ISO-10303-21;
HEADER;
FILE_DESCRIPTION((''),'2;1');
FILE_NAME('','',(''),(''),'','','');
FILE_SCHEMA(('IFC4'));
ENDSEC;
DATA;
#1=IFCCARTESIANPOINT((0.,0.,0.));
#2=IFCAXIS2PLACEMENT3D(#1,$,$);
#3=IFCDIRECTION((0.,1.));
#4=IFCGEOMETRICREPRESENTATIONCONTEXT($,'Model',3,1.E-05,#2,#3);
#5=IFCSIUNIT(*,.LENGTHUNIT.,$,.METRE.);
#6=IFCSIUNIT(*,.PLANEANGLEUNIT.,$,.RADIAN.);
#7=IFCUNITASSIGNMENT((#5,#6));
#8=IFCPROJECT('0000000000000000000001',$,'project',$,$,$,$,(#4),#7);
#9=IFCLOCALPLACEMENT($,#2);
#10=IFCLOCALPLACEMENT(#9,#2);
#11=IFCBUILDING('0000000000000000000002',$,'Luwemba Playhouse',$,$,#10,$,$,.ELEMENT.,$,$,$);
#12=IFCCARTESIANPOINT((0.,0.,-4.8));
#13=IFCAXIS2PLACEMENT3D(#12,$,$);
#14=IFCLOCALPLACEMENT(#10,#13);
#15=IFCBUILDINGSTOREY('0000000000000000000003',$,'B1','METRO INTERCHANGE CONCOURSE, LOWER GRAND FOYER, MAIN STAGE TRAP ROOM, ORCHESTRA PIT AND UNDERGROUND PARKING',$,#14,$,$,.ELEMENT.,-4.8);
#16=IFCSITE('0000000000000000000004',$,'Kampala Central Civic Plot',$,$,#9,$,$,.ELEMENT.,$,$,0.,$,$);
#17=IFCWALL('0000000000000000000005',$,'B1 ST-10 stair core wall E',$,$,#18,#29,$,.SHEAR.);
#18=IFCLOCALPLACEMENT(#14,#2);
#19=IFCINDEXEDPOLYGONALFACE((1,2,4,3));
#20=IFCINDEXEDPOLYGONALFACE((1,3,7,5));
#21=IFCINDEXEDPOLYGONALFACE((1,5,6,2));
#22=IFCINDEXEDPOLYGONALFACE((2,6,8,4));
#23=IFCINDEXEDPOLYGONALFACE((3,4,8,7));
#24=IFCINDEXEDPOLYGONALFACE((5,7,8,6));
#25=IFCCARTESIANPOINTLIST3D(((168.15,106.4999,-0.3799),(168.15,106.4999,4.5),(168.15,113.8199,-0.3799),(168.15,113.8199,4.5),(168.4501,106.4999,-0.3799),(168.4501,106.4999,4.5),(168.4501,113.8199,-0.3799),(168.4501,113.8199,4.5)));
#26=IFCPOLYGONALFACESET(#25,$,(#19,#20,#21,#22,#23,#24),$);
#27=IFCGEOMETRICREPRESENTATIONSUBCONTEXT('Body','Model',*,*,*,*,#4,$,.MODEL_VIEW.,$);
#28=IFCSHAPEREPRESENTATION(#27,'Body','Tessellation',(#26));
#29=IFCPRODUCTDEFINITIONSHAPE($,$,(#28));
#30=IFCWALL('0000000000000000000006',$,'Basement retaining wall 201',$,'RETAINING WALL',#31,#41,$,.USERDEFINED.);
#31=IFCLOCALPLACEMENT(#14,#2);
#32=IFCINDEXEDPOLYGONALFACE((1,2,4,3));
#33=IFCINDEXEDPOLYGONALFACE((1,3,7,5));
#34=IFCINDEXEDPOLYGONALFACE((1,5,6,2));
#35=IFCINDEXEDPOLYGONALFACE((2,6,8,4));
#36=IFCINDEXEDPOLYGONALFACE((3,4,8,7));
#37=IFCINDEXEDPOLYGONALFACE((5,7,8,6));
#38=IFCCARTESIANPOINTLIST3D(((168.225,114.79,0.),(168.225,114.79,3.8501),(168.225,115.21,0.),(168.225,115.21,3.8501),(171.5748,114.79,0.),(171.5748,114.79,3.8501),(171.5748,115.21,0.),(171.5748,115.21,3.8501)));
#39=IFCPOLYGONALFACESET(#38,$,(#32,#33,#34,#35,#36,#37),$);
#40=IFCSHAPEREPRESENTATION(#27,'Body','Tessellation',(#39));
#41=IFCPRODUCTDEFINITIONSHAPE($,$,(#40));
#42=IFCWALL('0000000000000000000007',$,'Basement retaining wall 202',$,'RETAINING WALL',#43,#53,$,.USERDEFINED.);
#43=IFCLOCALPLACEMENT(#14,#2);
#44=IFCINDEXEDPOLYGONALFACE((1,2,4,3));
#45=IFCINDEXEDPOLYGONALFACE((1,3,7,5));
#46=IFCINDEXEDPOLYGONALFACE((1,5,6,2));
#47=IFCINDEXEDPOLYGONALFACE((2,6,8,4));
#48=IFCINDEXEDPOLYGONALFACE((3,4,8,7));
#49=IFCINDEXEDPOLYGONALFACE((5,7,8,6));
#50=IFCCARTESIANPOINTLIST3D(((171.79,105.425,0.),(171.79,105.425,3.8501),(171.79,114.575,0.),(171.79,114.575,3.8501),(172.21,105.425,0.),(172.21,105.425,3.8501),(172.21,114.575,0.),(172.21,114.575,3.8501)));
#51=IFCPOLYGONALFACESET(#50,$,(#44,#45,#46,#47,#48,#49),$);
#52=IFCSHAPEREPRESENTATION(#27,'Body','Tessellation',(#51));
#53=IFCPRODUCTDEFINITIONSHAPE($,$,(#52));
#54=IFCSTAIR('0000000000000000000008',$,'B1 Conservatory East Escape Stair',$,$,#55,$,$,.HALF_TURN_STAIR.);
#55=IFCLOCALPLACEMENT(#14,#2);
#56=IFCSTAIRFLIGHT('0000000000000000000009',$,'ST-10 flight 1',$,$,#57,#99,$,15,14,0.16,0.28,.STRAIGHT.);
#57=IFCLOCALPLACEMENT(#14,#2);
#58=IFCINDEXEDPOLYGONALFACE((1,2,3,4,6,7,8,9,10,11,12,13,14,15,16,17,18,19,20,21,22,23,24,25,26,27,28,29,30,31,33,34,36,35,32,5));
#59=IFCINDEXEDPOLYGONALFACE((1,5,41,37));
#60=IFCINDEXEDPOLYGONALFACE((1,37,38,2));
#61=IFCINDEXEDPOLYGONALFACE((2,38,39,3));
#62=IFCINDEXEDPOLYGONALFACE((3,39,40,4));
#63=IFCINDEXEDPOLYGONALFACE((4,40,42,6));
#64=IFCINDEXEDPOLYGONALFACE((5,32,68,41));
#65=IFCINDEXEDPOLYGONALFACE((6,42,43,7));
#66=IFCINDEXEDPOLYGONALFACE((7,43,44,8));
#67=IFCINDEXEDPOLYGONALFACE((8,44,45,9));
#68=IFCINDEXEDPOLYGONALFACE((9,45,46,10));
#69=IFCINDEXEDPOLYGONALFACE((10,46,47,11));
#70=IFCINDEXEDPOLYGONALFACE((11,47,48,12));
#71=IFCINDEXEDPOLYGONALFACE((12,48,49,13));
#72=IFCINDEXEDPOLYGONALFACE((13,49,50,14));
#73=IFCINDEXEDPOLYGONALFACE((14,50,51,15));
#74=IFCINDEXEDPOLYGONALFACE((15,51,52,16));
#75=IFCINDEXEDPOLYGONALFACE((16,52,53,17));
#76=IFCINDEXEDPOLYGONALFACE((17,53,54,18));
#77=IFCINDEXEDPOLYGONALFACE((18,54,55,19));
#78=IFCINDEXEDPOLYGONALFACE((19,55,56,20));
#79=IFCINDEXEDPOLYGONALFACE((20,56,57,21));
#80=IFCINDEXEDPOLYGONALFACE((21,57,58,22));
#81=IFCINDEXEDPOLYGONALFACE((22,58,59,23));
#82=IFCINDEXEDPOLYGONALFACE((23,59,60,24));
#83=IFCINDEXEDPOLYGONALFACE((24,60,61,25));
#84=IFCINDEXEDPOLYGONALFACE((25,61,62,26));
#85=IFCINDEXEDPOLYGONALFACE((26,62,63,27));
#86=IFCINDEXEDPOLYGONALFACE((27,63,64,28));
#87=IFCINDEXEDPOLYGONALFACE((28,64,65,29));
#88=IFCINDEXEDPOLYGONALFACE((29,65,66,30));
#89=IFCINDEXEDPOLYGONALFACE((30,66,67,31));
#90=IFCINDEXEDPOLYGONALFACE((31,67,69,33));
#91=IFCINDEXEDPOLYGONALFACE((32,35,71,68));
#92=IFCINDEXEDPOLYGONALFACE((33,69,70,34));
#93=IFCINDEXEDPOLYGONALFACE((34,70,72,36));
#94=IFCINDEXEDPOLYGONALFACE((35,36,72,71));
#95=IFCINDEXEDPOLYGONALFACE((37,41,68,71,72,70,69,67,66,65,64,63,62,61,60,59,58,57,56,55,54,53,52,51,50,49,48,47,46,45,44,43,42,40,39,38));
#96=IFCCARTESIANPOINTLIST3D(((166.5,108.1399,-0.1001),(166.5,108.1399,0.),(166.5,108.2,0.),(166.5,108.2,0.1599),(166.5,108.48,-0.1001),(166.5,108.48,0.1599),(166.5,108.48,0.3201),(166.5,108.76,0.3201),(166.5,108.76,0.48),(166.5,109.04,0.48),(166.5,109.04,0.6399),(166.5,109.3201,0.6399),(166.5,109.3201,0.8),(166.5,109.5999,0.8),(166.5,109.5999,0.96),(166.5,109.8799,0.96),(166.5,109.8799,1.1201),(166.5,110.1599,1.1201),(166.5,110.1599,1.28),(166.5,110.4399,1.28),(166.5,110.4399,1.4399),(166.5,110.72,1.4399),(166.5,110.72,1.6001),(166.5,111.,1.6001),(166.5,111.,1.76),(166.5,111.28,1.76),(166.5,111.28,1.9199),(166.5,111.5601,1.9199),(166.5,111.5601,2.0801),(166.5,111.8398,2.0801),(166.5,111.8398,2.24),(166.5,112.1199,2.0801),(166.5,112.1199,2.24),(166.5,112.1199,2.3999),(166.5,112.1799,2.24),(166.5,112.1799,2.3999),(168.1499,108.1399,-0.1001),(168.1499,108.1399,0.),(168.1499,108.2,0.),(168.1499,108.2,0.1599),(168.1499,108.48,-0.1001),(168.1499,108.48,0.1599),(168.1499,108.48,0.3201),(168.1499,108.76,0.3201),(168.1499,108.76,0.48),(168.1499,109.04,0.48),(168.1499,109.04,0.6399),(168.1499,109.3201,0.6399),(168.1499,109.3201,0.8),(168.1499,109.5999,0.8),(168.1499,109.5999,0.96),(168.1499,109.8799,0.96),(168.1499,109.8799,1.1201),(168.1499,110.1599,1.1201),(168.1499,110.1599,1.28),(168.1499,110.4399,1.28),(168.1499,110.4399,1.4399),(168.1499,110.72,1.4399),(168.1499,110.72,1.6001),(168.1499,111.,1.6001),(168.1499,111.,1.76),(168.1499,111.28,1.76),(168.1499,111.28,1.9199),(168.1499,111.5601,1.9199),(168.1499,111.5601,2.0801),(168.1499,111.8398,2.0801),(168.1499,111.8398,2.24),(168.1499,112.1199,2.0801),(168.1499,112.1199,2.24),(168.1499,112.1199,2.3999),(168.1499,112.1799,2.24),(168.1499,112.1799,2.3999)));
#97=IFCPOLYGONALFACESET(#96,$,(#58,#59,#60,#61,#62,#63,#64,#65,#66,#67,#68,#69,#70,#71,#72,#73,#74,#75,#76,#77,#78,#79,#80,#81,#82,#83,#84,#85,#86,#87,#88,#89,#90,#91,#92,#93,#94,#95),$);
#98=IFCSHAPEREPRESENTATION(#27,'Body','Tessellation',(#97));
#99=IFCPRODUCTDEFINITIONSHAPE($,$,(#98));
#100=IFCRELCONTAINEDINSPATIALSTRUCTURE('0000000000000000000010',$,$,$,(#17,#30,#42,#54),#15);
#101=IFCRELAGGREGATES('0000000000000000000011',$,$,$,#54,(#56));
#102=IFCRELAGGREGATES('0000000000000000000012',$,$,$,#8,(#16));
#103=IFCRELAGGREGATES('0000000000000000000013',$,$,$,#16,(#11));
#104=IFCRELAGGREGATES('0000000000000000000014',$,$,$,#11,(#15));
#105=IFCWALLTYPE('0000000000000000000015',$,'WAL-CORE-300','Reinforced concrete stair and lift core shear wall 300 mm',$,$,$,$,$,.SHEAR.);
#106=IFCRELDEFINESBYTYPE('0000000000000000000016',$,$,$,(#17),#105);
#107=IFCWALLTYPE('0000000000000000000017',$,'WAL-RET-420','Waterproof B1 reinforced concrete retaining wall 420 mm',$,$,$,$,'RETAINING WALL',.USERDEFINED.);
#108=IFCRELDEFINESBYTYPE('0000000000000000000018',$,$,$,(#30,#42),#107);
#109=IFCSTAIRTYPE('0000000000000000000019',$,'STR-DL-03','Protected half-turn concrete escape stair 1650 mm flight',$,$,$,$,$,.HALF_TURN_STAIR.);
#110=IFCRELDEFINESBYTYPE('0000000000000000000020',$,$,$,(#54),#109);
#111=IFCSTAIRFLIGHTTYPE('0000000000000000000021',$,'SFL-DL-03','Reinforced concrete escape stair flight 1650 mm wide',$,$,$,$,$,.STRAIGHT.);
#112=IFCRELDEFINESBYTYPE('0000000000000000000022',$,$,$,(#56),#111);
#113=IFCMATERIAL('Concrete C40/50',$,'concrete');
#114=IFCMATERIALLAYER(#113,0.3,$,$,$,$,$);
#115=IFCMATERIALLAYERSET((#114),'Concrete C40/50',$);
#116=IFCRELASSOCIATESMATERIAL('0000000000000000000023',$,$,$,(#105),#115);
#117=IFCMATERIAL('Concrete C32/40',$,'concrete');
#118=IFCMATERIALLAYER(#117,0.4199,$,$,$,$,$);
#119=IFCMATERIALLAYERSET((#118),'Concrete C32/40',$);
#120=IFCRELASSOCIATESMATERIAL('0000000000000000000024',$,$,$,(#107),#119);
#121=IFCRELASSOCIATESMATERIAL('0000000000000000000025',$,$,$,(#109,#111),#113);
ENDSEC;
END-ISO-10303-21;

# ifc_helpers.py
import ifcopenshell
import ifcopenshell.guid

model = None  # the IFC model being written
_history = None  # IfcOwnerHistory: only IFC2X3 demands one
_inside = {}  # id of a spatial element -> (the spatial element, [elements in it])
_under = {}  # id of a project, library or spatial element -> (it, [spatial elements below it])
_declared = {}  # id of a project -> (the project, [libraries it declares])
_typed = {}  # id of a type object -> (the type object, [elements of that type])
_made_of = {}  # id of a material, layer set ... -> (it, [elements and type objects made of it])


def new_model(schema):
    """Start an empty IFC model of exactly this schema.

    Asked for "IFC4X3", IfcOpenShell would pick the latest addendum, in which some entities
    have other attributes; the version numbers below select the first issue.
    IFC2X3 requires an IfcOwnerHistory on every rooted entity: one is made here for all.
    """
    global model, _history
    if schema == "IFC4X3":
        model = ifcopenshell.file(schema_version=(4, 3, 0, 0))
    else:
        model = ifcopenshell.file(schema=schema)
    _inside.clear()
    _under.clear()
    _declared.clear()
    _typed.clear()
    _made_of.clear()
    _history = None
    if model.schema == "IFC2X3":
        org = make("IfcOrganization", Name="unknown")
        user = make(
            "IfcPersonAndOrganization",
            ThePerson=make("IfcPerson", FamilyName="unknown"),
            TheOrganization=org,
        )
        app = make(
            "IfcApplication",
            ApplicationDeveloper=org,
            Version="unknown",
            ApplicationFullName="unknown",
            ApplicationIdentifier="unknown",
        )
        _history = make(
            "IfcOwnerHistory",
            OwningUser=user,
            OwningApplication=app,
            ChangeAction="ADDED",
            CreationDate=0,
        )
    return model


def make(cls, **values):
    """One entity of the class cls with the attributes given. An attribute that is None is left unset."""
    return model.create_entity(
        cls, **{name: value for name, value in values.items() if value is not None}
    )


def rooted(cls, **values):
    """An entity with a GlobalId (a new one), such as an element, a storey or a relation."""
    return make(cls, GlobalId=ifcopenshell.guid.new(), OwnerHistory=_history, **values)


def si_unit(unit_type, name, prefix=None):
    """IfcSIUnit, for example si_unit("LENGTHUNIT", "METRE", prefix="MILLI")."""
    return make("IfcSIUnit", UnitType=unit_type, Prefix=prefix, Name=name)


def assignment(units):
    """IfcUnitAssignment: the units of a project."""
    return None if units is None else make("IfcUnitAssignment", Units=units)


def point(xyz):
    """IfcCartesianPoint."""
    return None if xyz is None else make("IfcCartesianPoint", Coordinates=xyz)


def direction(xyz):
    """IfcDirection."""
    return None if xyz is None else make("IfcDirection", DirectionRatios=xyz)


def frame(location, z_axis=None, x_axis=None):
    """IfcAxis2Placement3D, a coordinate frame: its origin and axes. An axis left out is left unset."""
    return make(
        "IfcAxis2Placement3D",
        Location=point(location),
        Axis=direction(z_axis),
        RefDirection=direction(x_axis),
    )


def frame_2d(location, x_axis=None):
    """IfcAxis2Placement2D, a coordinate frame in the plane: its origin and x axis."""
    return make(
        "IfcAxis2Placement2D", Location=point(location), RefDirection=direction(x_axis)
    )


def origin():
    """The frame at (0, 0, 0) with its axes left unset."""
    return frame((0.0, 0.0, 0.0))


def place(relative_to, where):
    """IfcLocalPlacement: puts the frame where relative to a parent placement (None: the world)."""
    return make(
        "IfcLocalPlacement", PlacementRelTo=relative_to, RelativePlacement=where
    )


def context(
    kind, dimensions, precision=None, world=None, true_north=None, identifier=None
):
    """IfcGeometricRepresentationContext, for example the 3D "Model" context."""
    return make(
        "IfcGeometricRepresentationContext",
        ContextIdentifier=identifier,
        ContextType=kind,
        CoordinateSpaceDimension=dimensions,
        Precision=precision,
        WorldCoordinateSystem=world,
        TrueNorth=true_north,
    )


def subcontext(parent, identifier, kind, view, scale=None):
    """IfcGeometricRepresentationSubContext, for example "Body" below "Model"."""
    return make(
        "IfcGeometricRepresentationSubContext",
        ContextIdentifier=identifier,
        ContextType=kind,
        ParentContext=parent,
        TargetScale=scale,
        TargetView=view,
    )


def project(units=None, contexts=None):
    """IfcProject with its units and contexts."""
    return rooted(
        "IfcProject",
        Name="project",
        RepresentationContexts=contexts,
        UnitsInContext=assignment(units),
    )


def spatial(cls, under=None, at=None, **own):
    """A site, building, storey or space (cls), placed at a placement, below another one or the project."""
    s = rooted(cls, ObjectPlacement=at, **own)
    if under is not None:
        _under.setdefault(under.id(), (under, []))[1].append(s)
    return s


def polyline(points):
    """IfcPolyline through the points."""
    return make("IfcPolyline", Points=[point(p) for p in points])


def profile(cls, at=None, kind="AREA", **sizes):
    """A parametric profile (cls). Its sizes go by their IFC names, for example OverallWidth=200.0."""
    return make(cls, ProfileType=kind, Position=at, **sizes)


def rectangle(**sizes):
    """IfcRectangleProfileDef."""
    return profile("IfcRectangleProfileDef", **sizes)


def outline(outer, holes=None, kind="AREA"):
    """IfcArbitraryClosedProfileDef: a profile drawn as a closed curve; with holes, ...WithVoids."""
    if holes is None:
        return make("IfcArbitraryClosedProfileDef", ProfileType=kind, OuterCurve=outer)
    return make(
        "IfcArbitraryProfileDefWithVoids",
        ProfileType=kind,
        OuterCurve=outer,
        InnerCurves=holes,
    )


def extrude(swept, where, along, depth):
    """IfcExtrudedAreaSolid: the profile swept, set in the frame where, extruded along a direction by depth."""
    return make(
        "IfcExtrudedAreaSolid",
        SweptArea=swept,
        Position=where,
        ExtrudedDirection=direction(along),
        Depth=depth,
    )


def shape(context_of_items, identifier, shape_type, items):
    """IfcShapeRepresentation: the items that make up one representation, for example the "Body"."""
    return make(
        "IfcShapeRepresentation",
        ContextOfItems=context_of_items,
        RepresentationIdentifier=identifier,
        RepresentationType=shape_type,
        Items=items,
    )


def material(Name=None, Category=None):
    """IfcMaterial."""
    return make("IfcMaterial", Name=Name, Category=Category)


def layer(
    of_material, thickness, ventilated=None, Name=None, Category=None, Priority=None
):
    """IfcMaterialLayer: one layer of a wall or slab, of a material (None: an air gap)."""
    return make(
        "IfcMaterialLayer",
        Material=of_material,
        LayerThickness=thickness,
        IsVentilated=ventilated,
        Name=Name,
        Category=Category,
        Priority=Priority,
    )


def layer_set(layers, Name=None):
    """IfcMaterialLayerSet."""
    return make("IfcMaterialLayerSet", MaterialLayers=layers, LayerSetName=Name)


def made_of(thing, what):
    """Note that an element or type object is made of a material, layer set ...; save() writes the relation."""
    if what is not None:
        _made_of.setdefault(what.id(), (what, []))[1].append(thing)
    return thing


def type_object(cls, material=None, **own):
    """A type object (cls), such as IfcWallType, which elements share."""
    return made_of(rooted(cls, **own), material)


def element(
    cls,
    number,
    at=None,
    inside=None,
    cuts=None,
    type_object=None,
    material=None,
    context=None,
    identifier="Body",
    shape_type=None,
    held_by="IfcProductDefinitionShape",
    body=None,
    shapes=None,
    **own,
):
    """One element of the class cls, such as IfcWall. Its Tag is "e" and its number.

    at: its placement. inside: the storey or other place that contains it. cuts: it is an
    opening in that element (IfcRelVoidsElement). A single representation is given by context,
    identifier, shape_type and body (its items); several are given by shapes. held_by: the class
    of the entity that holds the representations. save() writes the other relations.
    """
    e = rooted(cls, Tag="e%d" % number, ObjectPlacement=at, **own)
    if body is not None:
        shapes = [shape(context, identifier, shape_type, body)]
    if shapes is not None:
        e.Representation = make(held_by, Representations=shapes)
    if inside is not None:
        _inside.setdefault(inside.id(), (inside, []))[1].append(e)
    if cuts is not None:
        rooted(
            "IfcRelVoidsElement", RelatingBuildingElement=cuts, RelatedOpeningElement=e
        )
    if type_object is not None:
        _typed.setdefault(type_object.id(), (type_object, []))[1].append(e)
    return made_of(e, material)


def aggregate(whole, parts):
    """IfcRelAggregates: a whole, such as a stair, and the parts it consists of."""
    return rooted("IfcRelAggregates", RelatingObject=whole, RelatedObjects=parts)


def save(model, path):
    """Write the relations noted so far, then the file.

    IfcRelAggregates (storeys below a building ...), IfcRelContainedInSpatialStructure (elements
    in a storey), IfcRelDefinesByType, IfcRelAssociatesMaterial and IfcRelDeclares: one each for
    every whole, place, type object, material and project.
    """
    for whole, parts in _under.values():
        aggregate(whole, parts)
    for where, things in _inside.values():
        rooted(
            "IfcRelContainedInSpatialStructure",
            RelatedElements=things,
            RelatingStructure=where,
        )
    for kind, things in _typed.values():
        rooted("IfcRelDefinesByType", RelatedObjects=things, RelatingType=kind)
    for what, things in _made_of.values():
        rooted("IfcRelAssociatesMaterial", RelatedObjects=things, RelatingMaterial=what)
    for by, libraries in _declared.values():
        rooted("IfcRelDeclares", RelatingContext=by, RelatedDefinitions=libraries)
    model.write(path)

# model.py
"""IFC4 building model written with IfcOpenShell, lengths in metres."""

from ifc_helpers import new_model, si_unit, direction, frame, frame_2d, origin, place, context, subcontext, project, spatial, polyline, rectangle, outline, extrude, material, layer, layer_set, type_object, element, aggregate, save


model = new_model("IFC4")

# Units and contexts
model_context = context("Model", 3, precision=1e-05, world=origin(), true_north=direction((0.0, 1.0)))
body_context = subcontext(model_context, "Body", "Model", "MODEL_VIEW")
ifc_project = project(units=[si_unit("LENGTHUNIT", "METRE"), si_unit("PLANEANGLEUNIT", "RADIAN")], contexts=[model_context])

# Site, building, storey
site_placement = place(None, origin())
site = spatial("IfcSite", under=ifc_project, at=site_placement, Name="Kampala Central Civic Plot", CompositionType="ELEMENT", RefElevation=0.0)
building_placement = place(site_placement, origin())
building = spatial("IfcBuilding", under=site, at=building_placement, Name="Luwemba Playhouse", CompositionType="ELEMENT")
storey_placement = place(building_placement, frame((0.0, 0.0, -4.8)))
storey = spatial("IfcBuildingStorey", under=building, at=storey_placement, Name="B1", Description="METRO INTERCHANGE CONCOURSE, LOWER GRAND FOYER, MAIN STAGE TRAP ROOM, ORCHESTRA PIT AND UNDERGROUND PARKING", CompositionType="ELEMENT", Elevation=-4.8)

# Shared definitions
ifc_material_1 = material(Name="Concrete C32/40", Category="concrete")

# Shared definitions
ifc_material_2 = material(Name="Concrete C40/50", Category="concrete")

# Walls
ifc_layer_1 = layer(ifc_material_2, 0.3)
ifc_layer_set_1 = layer_set([ifc_layer_1], Name="Concrete C40/50")
wall_type_1 = type_object("IfcWallType", Name="WAL-CORE-300", Description="Reinforced concrete stair and lift core shear wall 300 mm", PredefinedType="SHEAR", material=ifc_layer_set_1)
wall_1_placement = place(storey_placement, frame((168.3, 113.8201, -0.3799), z_axis=(0.0, 0.0, 1.0), x_axis=(0.0, -1.0, 0.0)))
element("IfcWall", 1, at=wall_1_placement, inside=storey, type_object=wall_type_1, Name="B1 ST-10 stair core wall E", PredefinedType="SHEAR", context=body_context, shape_type="SweptSolid", body=[
    extrude(rectangle(XDim=7.3201, YDim=0.3, at=frame_2d((3.6602, 0.0))), origin(), (0.0, 0.0, 1.0), 4.8799),
])
ifc_layer_2 = layer(ifc_material_1, 0.4199)
ifc_layer_set_2 = layer_set([ifc_layer_2], Name="Concrete C32/40")
wall_type_2 = type_object("IfcWallType", Name="WAL-RET-420", Description="Waterproof B1 reinforced concrete retaining wall 420 mm", ElementType="RETAINING WALL", PredefinedType="USERDEFINED", material=ifc_layer_set_2)
wall_2_placement = place(storey_placement, frame((168.2251, 115.0, 0.0), z_axis=(0.0, 0.0, 1.0), x_axis=(1.0, 0.0, 0.0)))
element("IfcWall", 2, at=wall_2_placement, inside=storey, type_object=wall_type_2, Name="Basement retaining wall 201", ObjectType="RETAINING WALL", PredefinedType="USERDEFINED", context=body_context, shape_type="SweptSolid", body=[
    extrude(rectangle(XDim=3.3499, YDim=0.4199, at=frame_2d((1.6748, 0.0))), origin(), (0.0, 0.0, 1.0), 3.8501),
])
wall_3_placement = place(storey_placement, frame((172.0, 114.575, 0.0), z_axis=(0.0, 0.0, 1.0), x_axis=(0.0, -1.0, 0.0)))
element("IfcWall", 3, at=wall_3_placement, inside=storey, type_object=wall_type_2, Name="Basement retaining wall 202", ObjectType="RETAINING WALL", PredefinedType="USERDEFINED", context=body_context, shape_type="SweptSolid", body=[
    extrude(rectangle(XDim=9.1499, YDim=0.4199, at=frame_2d((4.575, 0.0))), origin(), (0.0, 0.0, 1.0), 3.8501),
])

# Stair, stair flight
stair_type = type_object("IfcStairType", Name="STR-DL-03", Description="Protected half-turn concrete escape stair 1650 mm flight", PredefinedType="HALF_TURN_STAIR", material=ifc_material_2)
stair_placement = place(storey_placement, origin())
stair = element("IfcStair", 4, at=stair_placement, inside=storey, type_object=stair_type, Name="B1 Conservatory East Escape Stair", PredefinedType="HALF_TURN_STAIR")
stair_flight_type = type_object("IfcStairFlightType", Name="SFL-DL-03", Description="Reinforced concrete escape stair flight 1650 mm wide", PredefinedType="STRAIGHT", material=ifc_material_2)
stair_flight_placement = place(storey_placement, frame((167.325, 108.2, 0.0), z_axis=(0.0, 0.0, 1.0), x_axis=(0.0, 1.0, 0.0)))
stair_flight = element("IfcStairFlight", 5, at=stair_flight_placement, type_object=stair_flight_type, Name="ST-10 flight 1", NumberOfRisers=15, NumberOfTreads=14, PredefinedType="STRAIGHT", RiserHeight=0.16, TreadLength=0.28, context=body_context, shape_type="SweptSolid", body=[
    extrude(outline(polyline([(-0.0601, -0.1001), (-0.0601, 0.0), (0.0, 0.0), (0.0, 0.1599), (0.28, 0.1599), (0.28, 0.3201), (0.5601, 0.3201), (0.5601, 0.48), (0.8401, 0.48), (0.8401, 0.6399), (1.1201, 0.6399), (1.1201, 0.8), (1.3999, 0.8), (1.3999, 0.96), (1.6799, 0.96), (1.6799, 1.1201), (1.96, 1.1201), (1.96, 1.28), (2.24, 1.28), (2.24, 1.4399), (2.52, 1.4399), (2.52, 1.6001), (2.8, 1.6001), (2.8, 1.76), (3.0801, 1.76), (3.0801, 1.9199), (3.3601, 1.9199), (3.3601, 2.0801), (3.6399, 2.0801), (3.6399, 2.24), (3.9199, 2.24), (3.9199, 2.3999), (3.98, 2.3999), (3.98, 2.24), (3.9199, 2.0801), (0.28, -0.1001), (-0.0601, -0.1001)])), frame((0.0, 0.825, 0.0), z_axis=(0.0, -1.0, 0.0), x_axis=(1.0, 0.0, 0.0)), (0.0, 0.0, 1.0), 1.6499),
])
aggregate(stair, [stair_flight])

save(model, "model.ifc")
